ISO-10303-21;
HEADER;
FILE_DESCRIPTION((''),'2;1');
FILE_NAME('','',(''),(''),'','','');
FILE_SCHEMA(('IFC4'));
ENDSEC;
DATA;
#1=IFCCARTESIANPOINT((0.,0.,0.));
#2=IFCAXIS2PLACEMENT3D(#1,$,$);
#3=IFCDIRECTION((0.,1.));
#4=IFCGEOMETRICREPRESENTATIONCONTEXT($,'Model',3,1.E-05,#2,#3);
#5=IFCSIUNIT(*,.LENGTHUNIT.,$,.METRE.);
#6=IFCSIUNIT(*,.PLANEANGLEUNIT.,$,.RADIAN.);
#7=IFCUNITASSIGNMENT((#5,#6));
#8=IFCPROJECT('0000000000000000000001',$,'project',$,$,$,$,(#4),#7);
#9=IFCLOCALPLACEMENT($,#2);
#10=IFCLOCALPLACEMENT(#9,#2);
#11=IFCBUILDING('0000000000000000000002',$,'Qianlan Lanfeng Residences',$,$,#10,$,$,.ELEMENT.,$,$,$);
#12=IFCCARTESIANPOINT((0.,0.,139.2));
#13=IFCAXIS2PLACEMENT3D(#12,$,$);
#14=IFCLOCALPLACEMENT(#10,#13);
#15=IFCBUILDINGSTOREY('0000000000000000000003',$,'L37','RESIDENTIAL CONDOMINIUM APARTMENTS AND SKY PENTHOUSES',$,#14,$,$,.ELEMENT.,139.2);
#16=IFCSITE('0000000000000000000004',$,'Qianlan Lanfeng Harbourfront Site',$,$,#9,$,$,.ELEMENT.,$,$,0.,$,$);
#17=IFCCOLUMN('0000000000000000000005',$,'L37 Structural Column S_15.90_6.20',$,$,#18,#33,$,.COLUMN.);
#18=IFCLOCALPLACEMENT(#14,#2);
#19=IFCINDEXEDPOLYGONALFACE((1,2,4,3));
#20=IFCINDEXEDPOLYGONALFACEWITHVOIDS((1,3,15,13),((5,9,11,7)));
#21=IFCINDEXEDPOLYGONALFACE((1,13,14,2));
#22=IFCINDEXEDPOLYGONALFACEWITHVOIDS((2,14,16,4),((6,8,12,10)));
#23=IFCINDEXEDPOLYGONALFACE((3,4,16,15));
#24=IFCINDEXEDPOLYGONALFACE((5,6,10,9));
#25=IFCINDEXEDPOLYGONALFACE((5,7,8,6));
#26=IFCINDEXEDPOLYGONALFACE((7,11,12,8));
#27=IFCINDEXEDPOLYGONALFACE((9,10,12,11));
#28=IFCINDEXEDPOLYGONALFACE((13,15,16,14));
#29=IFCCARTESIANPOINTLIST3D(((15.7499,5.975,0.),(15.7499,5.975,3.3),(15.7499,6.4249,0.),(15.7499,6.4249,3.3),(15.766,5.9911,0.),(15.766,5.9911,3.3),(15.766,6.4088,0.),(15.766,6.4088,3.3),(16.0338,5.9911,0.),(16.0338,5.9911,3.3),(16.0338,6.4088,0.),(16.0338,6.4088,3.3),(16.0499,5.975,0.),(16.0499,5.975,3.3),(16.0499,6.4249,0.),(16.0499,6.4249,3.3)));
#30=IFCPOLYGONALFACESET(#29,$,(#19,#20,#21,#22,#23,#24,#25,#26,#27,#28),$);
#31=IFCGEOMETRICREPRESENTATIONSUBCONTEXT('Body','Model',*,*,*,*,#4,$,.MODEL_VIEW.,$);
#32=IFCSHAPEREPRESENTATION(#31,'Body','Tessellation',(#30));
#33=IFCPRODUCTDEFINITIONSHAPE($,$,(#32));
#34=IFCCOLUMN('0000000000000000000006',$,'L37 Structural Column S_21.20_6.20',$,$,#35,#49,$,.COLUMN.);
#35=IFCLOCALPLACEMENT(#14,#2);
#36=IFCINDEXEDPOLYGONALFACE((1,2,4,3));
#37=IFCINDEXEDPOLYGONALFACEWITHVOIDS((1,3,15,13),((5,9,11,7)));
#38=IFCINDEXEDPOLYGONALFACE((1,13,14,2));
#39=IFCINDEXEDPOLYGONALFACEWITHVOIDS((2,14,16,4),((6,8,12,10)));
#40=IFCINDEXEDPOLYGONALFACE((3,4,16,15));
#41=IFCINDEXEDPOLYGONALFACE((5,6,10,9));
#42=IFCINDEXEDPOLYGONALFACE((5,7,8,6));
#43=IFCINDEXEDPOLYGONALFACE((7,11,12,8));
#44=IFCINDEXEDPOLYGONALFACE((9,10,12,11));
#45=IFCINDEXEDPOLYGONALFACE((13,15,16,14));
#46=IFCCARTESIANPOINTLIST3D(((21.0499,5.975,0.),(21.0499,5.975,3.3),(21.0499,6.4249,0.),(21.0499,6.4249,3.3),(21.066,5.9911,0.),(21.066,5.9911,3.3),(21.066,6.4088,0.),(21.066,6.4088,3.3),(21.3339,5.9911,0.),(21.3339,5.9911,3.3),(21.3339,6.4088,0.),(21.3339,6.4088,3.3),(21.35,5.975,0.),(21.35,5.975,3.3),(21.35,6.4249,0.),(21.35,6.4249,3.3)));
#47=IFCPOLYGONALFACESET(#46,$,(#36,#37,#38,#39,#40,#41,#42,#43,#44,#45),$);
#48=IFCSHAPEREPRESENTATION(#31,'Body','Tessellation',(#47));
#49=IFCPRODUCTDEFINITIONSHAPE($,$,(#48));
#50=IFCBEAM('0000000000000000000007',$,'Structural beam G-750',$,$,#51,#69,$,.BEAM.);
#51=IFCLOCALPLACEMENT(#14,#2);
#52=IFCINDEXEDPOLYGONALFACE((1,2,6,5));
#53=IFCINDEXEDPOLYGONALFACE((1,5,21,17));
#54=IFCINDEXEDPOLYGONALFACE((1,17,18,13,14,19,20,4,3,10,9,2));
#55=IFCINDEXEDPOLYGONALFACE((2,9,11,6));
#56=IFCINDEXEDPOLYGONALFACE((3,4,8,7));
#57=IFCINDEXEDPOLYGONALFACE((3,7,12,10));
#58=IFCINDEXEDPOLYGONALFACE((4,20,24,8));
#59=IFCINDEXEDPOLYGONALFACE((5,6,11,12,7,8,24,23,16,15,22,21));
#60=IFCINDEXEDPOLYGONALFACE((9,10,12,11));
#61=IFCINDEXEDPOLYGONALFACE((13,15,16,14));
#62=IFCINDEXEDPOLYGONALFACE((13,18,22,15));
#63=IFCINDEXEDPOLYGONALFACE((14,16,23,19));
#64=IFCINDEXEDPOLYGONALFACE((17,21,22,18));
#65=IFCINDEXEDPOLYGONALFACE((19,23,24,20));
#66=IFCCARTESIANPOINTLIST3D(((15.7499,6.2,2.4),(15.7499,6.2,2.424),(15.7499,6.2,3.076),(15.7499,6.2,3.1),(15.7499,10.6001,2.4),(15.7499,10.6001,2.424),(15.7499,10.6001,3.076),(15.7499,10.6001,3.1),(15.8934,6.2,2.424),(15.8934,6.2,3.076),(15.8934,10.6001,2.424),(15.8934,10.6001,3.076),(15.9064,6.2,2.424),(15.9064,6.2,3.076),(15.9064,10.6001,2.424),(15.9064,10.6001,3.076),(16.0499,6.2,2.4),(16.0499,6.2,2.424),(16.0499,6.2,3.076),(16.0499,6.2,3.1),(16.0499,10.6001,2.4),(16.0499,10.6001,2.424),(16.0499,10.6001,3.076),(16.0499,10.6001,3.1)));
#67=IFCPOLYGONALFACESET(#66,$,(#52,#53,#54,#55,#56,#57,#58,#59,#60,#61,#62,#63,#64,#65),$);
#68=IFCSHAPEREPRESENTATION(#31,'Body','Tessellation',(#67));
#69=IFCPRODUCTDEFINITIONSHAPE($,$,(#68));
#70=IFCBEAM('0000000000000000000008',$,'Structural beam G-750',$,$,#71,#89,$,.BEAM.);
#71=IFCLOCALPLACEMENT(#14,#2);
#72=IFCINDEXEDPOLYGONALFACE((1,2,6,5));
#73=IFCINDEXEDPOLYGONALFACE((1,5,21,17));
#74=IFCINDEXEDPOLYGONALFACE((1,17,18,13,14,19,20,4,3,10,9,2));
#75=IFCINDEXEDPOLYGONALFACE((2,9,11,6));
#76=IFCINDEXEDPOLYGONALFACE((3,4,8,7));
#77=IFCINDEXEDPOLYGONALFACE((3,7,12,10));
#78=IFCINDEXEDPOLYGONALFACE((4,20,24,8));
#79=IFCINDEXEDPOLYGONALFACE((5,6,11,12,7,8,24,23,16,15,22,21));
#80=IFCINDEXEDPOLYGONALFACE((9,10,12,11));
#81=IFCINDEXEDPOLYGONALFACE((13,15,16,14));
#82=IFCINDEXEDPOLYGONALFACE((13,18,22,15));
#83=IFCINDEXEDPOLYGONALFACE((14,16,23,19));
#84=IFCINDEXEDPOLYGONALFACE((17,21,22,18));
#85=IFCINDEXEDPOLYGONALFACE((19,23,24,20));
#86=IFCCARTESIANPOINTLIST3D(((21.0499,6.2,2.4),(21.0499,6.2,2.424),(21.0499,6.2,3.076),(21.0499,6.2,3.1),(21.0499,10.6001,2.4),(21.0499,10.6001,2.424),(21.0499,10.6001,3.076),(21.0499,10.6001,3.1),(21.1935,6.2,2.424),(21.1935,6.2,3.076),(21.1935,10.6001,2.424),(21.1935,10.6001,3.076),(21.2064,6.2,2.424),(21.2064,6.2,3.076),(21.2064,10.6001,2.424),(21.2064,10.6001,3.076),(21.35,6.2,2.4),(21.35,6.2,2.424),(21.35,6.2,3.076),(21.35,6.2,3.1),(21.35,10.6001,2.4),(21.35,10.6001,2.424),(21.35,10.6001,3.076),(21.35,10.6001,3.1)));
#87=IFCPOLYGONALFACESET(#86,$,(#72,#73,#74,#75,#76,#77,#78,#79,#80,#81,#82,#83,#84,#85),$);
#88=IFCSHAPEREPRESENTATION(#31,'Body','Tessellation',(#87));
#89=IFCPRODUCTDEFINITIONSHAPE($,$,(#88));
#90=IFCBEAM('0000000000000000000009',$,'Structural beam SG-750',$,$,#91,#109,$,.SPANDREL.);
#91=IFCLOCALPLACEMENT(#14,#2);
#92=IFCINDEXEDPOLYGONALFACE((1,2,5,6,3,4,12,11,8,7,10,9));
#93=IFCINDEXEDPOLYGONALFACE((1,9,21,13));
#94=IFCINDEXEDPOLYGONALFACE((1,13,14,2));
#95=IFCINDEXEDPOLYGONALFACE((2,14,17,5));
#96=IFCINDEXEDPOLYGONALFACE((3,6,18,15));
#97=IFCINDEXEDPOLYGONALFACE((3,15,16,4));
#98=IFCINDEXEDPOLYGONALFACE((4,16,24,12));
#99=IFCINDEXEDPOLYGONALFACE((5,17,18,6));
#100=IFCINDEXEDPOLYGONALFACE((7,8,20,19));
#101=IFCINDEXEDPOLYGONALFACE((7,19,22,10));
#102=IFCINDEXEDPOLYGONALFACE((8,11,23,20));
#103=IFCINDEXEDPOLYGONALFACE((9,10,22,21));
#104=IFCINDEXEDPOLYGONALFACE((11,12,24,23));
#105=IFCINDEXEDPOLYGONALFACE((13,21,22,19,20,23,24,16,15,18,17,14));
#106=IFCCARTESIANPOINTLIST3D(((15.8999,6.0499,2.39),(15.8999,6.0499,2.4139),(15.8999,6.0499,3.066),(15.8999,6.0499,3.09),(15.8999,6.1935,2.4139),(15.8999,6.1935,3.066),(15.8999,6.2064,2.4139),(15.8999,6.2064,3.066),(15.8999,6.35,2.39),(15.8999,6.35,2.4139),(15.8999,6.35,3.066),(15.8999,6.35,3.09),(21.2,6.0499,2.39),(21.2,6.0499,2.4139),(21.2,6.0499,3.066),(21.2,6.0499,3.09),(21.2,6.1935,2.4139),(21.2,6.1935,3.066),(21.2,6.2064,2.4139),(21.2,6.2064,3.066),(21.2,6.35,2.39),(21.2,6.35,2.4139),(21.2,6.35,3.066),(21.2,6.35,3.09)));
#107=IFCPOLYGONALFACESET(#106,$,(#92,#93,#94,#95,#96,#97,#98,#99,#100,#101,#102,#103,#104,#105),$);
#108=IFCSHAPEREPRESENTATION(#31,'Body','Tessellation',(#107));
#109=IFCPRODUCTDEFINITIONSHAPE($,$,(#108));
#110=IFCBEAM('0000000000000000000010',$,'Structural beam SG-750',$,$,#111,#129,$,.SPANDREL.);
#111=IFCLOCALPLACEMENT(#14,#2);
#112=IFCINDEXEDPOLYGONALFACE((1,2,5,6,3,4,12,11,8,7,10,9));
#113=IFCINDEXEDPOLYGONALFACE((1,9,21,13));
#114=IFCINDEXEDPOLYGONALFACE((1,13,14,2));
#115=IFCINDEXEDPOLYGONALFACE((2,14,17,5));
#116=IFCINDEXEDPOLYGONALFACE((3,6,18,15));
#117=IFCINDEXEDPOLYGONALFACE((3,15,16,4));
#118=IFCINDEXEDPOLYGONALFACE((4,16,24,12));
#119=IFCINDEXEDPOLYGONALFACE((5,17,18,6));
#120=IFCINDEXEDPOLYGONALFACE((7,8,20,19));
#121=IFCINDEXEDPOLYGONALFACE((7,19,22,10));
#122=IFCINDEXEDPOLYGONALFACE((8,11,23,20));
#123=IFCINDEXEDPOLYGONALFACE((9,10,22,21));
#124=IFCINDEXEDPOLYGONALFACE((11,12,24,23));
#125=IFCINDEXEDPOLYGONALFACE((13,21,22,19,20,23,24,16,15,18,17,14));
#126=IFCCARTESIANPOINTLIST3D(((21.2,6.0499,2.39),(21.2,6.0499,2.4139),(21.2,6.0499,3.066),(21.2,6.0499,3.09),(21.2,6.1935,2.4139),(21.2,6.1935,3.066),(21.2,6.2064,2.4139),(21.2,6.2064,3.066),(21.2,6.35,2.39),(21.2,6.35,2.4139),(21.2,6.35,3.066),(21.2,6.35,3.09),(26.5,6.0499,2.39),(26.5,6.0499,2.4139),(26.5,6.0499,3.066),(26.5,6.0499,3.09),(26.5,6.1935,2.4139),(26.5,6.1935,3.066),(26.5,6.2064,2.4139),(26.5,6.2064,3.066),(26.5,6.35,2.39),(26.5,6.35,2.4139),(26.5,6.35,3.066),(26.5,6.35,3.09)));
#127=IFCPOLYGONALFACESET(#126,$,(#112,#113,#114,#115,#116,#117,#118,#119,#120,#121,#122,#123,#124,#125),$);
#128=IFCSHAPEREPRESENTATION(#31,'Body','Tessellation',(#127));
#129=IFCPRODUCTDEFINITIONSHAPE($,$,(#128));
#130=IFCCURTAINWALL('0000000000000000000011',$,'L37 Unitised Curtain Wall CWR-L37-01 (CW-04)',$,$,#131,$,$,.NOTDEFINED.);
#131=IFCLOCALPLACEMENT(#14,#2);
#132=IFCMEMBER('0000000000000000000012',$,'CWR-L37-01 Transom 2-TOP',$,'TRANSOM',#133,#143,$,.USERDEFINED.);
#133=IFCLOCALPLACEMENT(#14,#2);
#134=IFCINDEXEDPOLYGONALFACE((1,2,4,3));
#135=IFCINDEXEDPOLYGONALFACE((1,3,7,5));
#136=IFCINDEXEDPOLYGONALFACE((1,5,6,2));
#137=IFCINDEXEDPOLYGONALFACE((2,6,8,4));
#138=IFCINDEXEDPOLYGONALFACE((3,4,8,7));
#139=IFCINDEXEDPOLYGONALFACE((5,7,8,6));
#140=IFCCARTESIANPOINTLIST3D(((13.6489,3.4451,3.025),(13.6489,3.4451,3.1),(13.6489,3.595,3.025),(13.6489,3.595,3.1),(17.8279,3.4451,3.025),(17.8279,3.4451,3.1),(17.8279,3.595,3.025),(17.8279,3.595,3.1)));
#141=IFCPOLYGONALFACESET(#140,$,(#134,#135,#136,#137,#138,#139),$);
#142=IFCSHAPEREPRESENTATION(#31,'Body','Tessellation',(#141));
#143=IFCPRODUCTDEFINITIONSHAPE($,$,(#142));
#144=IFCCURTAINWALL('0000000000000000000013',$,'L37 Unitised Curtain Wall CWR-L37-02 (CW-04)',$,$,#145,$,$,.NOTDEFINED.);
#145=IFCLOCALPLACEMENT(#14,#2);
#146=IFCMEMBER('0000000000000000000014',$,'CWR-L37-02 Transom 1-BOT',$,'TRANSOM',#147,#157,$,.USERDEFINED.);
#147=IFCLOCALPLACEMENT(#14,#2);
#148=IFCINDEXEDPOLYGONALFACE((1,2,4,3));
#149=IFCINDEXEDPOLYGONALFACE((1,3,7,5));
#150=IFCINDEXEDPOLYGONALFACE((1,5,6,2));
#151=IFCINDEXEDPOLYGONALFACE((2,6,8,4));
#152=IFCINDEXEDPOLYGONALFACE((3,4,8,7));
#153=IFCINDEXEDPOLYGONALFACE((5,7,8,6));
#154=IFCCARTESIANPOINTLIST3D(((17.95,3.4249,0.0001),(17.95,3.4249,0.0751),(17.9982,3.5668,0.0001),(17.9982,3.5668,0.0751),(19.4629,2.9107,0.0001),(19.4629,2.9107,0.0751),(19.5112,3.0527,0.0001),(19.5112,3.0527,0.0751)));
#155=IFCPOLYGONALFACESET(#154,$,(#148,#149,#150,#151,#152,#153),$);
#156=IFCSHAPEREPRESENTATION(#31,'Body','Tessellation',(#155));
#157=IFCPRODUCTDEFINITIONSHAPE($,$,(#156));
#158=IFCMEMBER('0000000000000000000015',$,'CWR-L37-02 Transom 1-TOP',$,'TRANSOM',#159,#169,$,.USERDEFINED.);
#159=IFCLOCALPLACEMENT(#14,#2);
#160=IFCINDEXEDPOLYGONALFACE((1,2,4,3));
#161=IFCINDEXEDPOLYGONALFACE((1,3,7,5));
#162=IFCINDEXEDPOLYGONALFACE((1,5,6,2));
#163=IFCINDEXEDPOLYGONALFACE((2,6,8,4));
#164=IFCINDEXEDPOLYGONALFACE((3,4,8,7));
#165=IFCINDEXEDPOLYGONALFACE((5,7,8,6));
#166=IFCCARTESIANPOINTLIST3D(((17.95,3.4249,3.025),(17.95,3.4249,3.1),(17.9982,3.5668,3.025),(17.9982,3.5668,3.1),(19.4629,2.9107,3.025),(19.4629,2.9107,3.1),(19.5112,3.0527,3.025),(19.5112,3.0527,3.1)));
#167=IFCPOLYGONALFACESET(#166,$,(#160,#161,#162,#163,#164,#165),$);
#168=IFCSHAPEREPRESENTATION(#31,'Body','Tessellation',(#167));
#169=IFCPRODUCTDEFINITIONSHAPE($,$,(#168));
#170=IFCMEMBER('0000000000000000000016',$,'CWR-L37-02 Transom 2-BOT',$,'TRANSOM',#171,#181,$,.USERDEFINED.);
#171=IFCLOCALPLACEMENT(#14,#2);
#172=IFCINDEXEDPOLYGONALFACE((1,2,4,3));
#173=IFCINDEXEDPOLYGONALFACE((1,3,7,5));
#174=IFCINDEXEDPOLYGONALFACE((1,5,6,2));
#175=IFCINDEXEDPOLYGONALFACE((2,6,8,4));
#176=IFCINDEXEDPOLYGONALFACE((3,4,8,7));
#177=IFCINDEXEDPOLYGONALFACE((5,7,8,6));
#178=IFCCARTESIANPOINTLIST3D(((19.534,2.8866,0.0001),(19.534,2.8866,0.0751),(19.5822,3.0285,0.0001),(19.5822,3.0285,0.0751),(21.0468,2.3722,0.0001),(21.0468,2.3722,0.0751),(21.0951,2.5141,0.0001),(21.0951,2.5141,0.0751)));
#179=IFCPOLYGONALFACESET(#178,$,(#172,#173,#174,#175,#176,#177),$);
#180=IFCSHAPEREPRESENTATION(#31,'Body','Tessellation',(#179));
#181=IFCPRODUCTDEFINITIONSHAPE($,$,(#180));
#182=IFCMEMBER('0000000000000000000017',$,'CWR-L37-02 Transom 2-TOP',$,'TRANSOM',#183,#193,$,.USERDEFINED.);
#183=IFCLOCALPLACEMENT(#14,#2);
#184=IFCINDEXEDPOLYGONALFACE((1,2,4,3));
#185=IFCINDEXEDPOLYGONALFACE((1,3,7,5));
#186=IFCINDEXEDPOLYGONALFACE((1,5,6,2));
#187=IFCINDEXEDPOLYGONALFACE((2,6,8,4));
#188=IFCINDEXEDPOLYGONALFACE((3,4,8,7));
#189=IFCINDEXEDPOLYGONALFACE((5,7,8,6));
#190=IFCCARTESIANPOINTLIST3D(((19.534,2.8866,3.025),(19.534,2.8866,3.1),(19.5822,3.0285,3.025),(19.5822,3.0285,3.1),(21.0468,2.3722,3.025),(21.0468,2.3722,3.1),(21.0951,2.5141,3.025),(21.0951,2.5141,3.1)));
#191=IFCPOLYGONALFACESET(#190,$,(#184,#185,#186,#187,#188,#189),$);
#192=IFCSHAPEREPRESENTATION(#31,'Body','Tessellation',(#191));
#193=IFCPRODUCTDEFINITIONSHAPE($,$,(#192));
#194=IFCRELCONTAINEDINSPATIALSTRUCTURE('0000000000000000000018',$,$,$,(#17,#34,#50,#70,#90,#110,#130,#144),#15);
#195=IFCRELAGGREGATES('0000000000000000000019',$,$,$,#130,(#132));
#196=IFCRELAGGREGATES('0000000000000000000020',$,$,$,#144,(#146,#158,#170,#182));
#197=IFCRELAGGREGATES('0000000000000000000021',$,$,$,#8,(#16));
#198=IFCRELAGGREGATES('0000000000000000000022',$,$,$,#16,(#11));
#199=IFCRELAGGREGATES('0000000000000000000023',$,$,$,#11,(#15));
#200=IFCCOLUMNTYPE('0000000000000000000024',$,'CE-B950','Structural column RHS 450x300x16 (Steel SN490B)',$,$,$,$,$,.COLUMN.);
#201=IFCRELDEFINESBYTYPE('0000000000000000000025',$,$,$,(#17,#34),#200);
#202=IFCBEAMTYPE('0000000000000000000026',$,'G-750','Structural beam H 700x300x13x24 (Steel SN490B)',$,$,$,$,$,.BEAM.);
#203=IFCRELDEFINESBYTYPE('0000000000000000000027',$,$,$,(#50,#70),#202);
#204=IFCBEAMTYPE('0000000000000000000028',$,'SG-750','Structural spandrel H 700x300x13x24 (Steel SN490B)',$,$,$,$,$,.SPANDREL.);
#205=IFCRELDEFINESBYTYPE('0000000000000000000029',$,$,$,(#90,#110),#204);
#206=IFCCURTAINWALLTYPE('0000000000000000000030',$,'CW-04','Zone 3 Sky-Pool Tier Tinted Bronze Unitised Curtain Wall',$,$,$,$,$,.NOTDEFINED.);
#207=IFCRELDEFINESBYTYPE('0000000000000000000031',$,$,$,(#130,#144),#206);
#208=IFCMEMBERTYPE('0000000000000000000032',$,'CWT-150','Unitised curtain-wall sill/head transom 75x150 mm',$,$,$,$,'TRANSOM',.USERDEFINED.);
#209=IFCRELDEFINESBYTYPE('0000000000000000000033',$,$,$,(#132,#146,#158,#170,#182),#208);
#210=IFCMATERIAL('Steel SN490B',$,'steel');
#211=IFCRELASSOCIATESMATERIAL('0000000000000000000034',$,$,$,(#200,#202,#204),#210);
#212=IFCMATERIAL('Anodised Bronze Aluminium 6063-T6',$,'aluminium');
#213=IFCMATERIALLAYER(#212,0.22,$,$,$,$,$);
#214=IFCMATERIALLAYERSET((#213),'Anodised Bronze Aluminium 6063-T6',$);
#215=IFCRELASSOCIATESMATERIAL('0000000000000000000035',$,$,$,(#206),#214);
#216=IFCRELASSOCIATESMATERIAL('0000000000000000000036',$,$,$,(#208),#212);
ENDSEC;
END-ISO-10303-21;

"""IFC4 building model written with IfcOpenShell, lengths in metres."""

from ifc_helpers import new_model, si_unit, direction, frame, origin, origin_2d, place, context, subcontext, project, spatial, rectangle, hollow_rectangle, i_section, extrude, source, transform, mapped, material, layer, layer_set, material_profile, profile_set, type_object, element, aggregate, save


model = new_model("IFC4")

# Units and contexts
model_context = context("Model", 3, precision=1e-05, world=origin(), true_north=direction((0.0, 1.0)))
body_context = subcontext(model_context, "Body", "Model", "MODEL_VIEW")
ifc_project = project(units=[si_unit("LENGTHUNIT", "METRE"), si_unit("PLANEANGLEUNIT", "RADIAN")], contexts=[model_context])

# Site, building, storey
site_placement = place(None, origin())
site = spatial("IfcSite", under=ifc_project, at=site_placement, Name="Qianlan Lanfeng Harbourfront Site", CompositionType="ELEMENT", RefElevation=0.0)
building_placement = place(site_placement, origin())
building = spatial("IfcBuilding", under=site, at=building_placement, Name="Qianlan Lanfeng Residences", CompositionType="ELEMENT")
storey_placement = place(building_placement, frame((0.0, 0.0, 139.2)))
storey = spatial("IfcBuildingStorey", under=building, at=storey_placement, Name="L37", Description="RESIDENTIAL CONDOMINIUM APARTMENTS AND SKY PENTHOUSES", CompositionType="ELEMENT", Elevation=139.2)

# Columns
ifc_material_1 = material(Name="Steel SN490B", Category="steel")
ifc_material_profile_1 = material_profile(ifc_material_1, hollow_rectangle(XDim=0.3, YDim=0.45, WallThickness=0.0161, at=origin_2d()), Name="RHS 450x300x16")
ifc_profile_set_1 = profile_set([ifc_material_profile_1], Name="Steel SN490B")
column_type = type_object("IfcColumnType", Name="CE-B950", Description="Structural column RHS 450x300x16 (Steel SN490B)", PredefinedType="COLUMN", material=ifc_profile_set_1)
for number, where, z_axis, x_axis, name in (
    (1, (15.8999, 6.2, 0.0), (0.0, 0.0, 1.0), (1.0, 0.0, 0.0), "L37 Structural Column S_15.90_6.20"),
    (2, (21.2, 6.2, 0.0), (0.0, 0.0, 1.0), (1.0, 0.0, 0.0), "L37 Structural Column S_21.20_6.20"),
):
    element("IfcColumn", number, at=place(storey_placement, frame(where, z_axis=z_axis, x_axis=x_axis)), inside=storey, type_object=column_type, Name=name, PredefinedType="COLUMN", context=body_context, shape_type="SweptSolid", body=[
        extrude(hollow_rectangle(XDim=0.3, YDim=0.45, WallThickness=0.0161, at=origin_2d()), origin(), (0.0, 0.0, 1.0), 3.3),
    ])

# Beams
ifc_material_profile_2 = material_profile(ifc_material_1, i_section(OverallWidth=0.3, OverallDepth=0.7, WebThickness=0.0129, FlangeThickness=0.0239, at=origin_2d()), Name="H 700x300x13x24")
ifc_profile_set_2 = profile_set([ifc_material_profile_2], Name="Steel SN490B")
beam_type_1 = type_object("IfcBeamType", Name="G-750", Description="Structural beam H 700x300x13x24 (Steel SN490B)", PredefinedType="BEAM", material=ifc_profile_set_2)
for number, where, z_axis, x_axis, name in (
    (3, (15.8999, 6.2, 2.75), (0.0, 1.0, 0.0), (-1.0, 0.0, 0.0), "Structural beam G-750"),
    (4, (21.2, 6.2, 2.75), (0.0, 1.0, 0.0), (-1.0, 0.0, 0.0), "Structural beam G-750"),
):
    element("IfcBeam", number, at=place(storey_placement, frame(where, z_axis=z_axis, x_axis=x_axis)), inside=storey, type_object=beam_type_1, Name=name, PredefinedType="BEAM", context=body_context, shape_type="SweptSolid", body=[
        extrude(i_section(OverallWidth=0.3, OverallDepth=0.7, WebThickness=0.0129, FlangeThickness=0.0239, at=origin_2d()), origin(), (0.0, 0.0, 1.0), 4.4001),
    ])
ifc_material_profile_3 = material_profile(ifc_material_1, i_section(OverallWidth=0.3, OverallDepth=0.7, WebThickness=0.0129, FlangeThickness=0.0239, at=origin_2d()), Name="H 700x300x13x24")
ifc_profile_set_3 = profile_set([ifc_material_profile_3], Name="Steel SN490B")
beam_type_2 = type_object("IfcBeamType", Name="SG-750", Description="Structural spandrel H 700x300x13x24 (Steel SN490B)", PredefinedType="SPANDREL", material=ifc_profile_set_3)
for number, where, z_axis, x_axis, name in (
    (5, (15.8999, 6.2, 2.74), (1.0, 0.0, 0.0), (0.0, 1.0, 0.0), "Structural beam SG-750"),
    (6, (21.2, 6.2, 2.74), (1.0, 0.0, 0.0), (0.0, 1.0, 0.0), "Structural beam SG-750"),
):
    element("IfcBeam", number, at=place(storey_placement, frame(where, z_axis=z_axis, x_axis=x_axis)), inside=storey, type_object=beam_type_2, Name=name, PredefinedType="SPANDREL", context=body_context, shape_type="SweptSolid", body=[
        extrude(i_section(OverallWidth=0.3, OverallDepth=0.7, WebThickness=0.0129, FlangeThickness=0.0239, at=origin_2d()), origin(), (0.0, 0.0, 1.0), 5.3),
    ])

# Curtain wall, member
ifc_material_2 = material(Name="Anodised Bronze Aluminium 6063-T6", Category="aluminium")
ifc_layer_1 = layer(ifc_material_2, 0.22)
ifc_layer_set_1 = layer_set([ifc_layer_1], Name="Anodised Bronze Aluminium 6063-T6")
curtain_wall_type = type_object("IfcCurtainWallType", Name="CW-04", Description="Zone 3 Sky-Pool Tier Tinted Bronze Unitised Curtain Wall", PredefinedType="NOTDEFINED", material=ifc_layer_set_1)
curtain_wall_1_placement = place(storey_placement, origin())
curtain_wall_1 = element("IfcCurtainWall", 7, at=curtain_wall_1_placement, inside=storey, type_object=curtain_wall_type, Name="L37 Unitised Curtain Wall CWR-L37-01 (CW-04)", PredefinedType="NOTDEFINED")
ifc_material_profile_4 = material_profile(ifc_material_2, rectangle(XDim=0.075, YDim=0.1499, at=origin_2d()), Name="ALU TRANSOM 75x150")
ifc_profile_set_4 = profile_set([ifc_material_profile_4], Name="Anodised Bronze Aluminium 6063-T6")
member_type_1 = type_object("IfcMemberType", Name="CWT-150", Description="Unitised curtain-wall sill/head transom 75x150 mm", ElementType="TRANSOM", PredefinedType="USERDEFINED", material=ifc_profile_set_4)
shared_shape_1 = source(origin(), body_context, "Body", "SweptSolid", [
    extrude(rectangle(XDim=0.075, YDim=0.1499, at=origin_2d()), origin(), (0.0, 0.0, 1.0), 4.179),
])
member_1_placement = place(storey_placement, frame((13.6489, 3.52, 3.0625), z_axis=(1.0, 0.0, 0.0), x_axis=(0.0, 0.0, 1.0)))
member_1 = element("IfcMember", 8, at=member_1_placement, type_object=member_type_1, Name="CWR-L37-01 Transom 2-TOP", ObjectType="TRANSOM", PredefinedType="USERDEFINED", context=body_context, shape_type="MappedRepresentation", body=[
    mapped(shared_shape_1, transform((0.0, 0.0, 0.0), scale=1.0)),
])

# Curtain wall, members
curtain_wall_2_placement = place(storey_placement, origin())
curtain_wall_2 = element("IfcCurtainWall", 9, at=curtain_wall_2_placement, inside=storey, type_object=curtain_wall_type, Name="L37 Unitised Curtain Wall CWR-L37-02 (CW-04)", PredefinedType="NOTDEFINED")
shared_shape_2 = source(origin(), body_context, "Body", "SweptSolid", [
    extrude(rectangle(XDim=0.075, YDim=0.1499, at=origin_2d()), origin(), (0.0, 0.0, 1.0), 1.5979),
])
member_2_placement = place(storey_placement, frame((17.9741, 3.4958, 0.0376), z_axis=(0.946818, -0.321769, 0.0), x_axis=(0.0, 0.0, 1.0)))
member_2 = element("IfcMember", 10, at=member_2_placement, type_object=member_type_1, Name="CWR-L37-02 Transom 1-BOT", ObjectType="TRANSOM", PredefinedType="USERDEFINED", context=body_context, shape_type="MappedRepresentation", body=[
    mapped(shared_shape_2, transform((0.0, 0.0, 0.0), scale=1.0)),
])
member_3_placement = place(storey_placement, frame((17.9741, 3.4958, 3.0625), z_axis=(0.946818, -0.321769, 0.0), x_axis=(0.0, 0.0, 1.0)))
member_3 = element("IfcMember", 11, at=member_3_placement, type_object=member_type_1, Name="CWR-L37-02 Transom 1-TOP", ObjectType="TRANSOM", PredefinedType="USERDEFINED", context=body_context, shape_type="MappedRepresentation", body=[
    mapped(shared_shape_2, transform((0.0, 0.0, 0.0), scale=1.0)),
])
member_4_placement = place(storey_placement, frame((19.5581, 2.9575, 0.0376), z_axis=(0.946772, -0.321905, 0.0), x_axis=(0.0, 0.0, 1.0)))
member_4 = element("IfcMember", 12, at=member_4_placement, type_object=member_type_1, Name="CWR-L37-02 Transom 2-BOT", ObjectType="TRANSOM", PredefinedType="USERDEFINED", context=body_context, shape_type="MappedRepresentation", body=[
    mapped(shared_shape_2, transform((0.0, 0.0, 0.0), scale=1.0)),
])
member_5_placement = place(storey_placement, frame((19.5581, 2.9575, 3.0625), z_axis=(0.946772, -0.321905, 0.0), x_axis=(0.0, 0.0, 1.0)))
member_5 = element("IfcMember", 13, at=member_5_placement, type_object=member_type_1, Name="CWR-L37-02 Transom 2-TOP", ObjectType="TRANSOM", PredefinedType="USERDEFINED", context=body_context, shape_type="MappedRepresentation", body=[
    mapped(shared_shape_2, transform((0.0, 0.0, 0.0), scale=1.0)),
])

aggregate(curtain_wall_1, [member_1])
aggregate(curtain_wall_2, [member_2, member_3, member_4, member_5])

save(model, "model.ifc")
